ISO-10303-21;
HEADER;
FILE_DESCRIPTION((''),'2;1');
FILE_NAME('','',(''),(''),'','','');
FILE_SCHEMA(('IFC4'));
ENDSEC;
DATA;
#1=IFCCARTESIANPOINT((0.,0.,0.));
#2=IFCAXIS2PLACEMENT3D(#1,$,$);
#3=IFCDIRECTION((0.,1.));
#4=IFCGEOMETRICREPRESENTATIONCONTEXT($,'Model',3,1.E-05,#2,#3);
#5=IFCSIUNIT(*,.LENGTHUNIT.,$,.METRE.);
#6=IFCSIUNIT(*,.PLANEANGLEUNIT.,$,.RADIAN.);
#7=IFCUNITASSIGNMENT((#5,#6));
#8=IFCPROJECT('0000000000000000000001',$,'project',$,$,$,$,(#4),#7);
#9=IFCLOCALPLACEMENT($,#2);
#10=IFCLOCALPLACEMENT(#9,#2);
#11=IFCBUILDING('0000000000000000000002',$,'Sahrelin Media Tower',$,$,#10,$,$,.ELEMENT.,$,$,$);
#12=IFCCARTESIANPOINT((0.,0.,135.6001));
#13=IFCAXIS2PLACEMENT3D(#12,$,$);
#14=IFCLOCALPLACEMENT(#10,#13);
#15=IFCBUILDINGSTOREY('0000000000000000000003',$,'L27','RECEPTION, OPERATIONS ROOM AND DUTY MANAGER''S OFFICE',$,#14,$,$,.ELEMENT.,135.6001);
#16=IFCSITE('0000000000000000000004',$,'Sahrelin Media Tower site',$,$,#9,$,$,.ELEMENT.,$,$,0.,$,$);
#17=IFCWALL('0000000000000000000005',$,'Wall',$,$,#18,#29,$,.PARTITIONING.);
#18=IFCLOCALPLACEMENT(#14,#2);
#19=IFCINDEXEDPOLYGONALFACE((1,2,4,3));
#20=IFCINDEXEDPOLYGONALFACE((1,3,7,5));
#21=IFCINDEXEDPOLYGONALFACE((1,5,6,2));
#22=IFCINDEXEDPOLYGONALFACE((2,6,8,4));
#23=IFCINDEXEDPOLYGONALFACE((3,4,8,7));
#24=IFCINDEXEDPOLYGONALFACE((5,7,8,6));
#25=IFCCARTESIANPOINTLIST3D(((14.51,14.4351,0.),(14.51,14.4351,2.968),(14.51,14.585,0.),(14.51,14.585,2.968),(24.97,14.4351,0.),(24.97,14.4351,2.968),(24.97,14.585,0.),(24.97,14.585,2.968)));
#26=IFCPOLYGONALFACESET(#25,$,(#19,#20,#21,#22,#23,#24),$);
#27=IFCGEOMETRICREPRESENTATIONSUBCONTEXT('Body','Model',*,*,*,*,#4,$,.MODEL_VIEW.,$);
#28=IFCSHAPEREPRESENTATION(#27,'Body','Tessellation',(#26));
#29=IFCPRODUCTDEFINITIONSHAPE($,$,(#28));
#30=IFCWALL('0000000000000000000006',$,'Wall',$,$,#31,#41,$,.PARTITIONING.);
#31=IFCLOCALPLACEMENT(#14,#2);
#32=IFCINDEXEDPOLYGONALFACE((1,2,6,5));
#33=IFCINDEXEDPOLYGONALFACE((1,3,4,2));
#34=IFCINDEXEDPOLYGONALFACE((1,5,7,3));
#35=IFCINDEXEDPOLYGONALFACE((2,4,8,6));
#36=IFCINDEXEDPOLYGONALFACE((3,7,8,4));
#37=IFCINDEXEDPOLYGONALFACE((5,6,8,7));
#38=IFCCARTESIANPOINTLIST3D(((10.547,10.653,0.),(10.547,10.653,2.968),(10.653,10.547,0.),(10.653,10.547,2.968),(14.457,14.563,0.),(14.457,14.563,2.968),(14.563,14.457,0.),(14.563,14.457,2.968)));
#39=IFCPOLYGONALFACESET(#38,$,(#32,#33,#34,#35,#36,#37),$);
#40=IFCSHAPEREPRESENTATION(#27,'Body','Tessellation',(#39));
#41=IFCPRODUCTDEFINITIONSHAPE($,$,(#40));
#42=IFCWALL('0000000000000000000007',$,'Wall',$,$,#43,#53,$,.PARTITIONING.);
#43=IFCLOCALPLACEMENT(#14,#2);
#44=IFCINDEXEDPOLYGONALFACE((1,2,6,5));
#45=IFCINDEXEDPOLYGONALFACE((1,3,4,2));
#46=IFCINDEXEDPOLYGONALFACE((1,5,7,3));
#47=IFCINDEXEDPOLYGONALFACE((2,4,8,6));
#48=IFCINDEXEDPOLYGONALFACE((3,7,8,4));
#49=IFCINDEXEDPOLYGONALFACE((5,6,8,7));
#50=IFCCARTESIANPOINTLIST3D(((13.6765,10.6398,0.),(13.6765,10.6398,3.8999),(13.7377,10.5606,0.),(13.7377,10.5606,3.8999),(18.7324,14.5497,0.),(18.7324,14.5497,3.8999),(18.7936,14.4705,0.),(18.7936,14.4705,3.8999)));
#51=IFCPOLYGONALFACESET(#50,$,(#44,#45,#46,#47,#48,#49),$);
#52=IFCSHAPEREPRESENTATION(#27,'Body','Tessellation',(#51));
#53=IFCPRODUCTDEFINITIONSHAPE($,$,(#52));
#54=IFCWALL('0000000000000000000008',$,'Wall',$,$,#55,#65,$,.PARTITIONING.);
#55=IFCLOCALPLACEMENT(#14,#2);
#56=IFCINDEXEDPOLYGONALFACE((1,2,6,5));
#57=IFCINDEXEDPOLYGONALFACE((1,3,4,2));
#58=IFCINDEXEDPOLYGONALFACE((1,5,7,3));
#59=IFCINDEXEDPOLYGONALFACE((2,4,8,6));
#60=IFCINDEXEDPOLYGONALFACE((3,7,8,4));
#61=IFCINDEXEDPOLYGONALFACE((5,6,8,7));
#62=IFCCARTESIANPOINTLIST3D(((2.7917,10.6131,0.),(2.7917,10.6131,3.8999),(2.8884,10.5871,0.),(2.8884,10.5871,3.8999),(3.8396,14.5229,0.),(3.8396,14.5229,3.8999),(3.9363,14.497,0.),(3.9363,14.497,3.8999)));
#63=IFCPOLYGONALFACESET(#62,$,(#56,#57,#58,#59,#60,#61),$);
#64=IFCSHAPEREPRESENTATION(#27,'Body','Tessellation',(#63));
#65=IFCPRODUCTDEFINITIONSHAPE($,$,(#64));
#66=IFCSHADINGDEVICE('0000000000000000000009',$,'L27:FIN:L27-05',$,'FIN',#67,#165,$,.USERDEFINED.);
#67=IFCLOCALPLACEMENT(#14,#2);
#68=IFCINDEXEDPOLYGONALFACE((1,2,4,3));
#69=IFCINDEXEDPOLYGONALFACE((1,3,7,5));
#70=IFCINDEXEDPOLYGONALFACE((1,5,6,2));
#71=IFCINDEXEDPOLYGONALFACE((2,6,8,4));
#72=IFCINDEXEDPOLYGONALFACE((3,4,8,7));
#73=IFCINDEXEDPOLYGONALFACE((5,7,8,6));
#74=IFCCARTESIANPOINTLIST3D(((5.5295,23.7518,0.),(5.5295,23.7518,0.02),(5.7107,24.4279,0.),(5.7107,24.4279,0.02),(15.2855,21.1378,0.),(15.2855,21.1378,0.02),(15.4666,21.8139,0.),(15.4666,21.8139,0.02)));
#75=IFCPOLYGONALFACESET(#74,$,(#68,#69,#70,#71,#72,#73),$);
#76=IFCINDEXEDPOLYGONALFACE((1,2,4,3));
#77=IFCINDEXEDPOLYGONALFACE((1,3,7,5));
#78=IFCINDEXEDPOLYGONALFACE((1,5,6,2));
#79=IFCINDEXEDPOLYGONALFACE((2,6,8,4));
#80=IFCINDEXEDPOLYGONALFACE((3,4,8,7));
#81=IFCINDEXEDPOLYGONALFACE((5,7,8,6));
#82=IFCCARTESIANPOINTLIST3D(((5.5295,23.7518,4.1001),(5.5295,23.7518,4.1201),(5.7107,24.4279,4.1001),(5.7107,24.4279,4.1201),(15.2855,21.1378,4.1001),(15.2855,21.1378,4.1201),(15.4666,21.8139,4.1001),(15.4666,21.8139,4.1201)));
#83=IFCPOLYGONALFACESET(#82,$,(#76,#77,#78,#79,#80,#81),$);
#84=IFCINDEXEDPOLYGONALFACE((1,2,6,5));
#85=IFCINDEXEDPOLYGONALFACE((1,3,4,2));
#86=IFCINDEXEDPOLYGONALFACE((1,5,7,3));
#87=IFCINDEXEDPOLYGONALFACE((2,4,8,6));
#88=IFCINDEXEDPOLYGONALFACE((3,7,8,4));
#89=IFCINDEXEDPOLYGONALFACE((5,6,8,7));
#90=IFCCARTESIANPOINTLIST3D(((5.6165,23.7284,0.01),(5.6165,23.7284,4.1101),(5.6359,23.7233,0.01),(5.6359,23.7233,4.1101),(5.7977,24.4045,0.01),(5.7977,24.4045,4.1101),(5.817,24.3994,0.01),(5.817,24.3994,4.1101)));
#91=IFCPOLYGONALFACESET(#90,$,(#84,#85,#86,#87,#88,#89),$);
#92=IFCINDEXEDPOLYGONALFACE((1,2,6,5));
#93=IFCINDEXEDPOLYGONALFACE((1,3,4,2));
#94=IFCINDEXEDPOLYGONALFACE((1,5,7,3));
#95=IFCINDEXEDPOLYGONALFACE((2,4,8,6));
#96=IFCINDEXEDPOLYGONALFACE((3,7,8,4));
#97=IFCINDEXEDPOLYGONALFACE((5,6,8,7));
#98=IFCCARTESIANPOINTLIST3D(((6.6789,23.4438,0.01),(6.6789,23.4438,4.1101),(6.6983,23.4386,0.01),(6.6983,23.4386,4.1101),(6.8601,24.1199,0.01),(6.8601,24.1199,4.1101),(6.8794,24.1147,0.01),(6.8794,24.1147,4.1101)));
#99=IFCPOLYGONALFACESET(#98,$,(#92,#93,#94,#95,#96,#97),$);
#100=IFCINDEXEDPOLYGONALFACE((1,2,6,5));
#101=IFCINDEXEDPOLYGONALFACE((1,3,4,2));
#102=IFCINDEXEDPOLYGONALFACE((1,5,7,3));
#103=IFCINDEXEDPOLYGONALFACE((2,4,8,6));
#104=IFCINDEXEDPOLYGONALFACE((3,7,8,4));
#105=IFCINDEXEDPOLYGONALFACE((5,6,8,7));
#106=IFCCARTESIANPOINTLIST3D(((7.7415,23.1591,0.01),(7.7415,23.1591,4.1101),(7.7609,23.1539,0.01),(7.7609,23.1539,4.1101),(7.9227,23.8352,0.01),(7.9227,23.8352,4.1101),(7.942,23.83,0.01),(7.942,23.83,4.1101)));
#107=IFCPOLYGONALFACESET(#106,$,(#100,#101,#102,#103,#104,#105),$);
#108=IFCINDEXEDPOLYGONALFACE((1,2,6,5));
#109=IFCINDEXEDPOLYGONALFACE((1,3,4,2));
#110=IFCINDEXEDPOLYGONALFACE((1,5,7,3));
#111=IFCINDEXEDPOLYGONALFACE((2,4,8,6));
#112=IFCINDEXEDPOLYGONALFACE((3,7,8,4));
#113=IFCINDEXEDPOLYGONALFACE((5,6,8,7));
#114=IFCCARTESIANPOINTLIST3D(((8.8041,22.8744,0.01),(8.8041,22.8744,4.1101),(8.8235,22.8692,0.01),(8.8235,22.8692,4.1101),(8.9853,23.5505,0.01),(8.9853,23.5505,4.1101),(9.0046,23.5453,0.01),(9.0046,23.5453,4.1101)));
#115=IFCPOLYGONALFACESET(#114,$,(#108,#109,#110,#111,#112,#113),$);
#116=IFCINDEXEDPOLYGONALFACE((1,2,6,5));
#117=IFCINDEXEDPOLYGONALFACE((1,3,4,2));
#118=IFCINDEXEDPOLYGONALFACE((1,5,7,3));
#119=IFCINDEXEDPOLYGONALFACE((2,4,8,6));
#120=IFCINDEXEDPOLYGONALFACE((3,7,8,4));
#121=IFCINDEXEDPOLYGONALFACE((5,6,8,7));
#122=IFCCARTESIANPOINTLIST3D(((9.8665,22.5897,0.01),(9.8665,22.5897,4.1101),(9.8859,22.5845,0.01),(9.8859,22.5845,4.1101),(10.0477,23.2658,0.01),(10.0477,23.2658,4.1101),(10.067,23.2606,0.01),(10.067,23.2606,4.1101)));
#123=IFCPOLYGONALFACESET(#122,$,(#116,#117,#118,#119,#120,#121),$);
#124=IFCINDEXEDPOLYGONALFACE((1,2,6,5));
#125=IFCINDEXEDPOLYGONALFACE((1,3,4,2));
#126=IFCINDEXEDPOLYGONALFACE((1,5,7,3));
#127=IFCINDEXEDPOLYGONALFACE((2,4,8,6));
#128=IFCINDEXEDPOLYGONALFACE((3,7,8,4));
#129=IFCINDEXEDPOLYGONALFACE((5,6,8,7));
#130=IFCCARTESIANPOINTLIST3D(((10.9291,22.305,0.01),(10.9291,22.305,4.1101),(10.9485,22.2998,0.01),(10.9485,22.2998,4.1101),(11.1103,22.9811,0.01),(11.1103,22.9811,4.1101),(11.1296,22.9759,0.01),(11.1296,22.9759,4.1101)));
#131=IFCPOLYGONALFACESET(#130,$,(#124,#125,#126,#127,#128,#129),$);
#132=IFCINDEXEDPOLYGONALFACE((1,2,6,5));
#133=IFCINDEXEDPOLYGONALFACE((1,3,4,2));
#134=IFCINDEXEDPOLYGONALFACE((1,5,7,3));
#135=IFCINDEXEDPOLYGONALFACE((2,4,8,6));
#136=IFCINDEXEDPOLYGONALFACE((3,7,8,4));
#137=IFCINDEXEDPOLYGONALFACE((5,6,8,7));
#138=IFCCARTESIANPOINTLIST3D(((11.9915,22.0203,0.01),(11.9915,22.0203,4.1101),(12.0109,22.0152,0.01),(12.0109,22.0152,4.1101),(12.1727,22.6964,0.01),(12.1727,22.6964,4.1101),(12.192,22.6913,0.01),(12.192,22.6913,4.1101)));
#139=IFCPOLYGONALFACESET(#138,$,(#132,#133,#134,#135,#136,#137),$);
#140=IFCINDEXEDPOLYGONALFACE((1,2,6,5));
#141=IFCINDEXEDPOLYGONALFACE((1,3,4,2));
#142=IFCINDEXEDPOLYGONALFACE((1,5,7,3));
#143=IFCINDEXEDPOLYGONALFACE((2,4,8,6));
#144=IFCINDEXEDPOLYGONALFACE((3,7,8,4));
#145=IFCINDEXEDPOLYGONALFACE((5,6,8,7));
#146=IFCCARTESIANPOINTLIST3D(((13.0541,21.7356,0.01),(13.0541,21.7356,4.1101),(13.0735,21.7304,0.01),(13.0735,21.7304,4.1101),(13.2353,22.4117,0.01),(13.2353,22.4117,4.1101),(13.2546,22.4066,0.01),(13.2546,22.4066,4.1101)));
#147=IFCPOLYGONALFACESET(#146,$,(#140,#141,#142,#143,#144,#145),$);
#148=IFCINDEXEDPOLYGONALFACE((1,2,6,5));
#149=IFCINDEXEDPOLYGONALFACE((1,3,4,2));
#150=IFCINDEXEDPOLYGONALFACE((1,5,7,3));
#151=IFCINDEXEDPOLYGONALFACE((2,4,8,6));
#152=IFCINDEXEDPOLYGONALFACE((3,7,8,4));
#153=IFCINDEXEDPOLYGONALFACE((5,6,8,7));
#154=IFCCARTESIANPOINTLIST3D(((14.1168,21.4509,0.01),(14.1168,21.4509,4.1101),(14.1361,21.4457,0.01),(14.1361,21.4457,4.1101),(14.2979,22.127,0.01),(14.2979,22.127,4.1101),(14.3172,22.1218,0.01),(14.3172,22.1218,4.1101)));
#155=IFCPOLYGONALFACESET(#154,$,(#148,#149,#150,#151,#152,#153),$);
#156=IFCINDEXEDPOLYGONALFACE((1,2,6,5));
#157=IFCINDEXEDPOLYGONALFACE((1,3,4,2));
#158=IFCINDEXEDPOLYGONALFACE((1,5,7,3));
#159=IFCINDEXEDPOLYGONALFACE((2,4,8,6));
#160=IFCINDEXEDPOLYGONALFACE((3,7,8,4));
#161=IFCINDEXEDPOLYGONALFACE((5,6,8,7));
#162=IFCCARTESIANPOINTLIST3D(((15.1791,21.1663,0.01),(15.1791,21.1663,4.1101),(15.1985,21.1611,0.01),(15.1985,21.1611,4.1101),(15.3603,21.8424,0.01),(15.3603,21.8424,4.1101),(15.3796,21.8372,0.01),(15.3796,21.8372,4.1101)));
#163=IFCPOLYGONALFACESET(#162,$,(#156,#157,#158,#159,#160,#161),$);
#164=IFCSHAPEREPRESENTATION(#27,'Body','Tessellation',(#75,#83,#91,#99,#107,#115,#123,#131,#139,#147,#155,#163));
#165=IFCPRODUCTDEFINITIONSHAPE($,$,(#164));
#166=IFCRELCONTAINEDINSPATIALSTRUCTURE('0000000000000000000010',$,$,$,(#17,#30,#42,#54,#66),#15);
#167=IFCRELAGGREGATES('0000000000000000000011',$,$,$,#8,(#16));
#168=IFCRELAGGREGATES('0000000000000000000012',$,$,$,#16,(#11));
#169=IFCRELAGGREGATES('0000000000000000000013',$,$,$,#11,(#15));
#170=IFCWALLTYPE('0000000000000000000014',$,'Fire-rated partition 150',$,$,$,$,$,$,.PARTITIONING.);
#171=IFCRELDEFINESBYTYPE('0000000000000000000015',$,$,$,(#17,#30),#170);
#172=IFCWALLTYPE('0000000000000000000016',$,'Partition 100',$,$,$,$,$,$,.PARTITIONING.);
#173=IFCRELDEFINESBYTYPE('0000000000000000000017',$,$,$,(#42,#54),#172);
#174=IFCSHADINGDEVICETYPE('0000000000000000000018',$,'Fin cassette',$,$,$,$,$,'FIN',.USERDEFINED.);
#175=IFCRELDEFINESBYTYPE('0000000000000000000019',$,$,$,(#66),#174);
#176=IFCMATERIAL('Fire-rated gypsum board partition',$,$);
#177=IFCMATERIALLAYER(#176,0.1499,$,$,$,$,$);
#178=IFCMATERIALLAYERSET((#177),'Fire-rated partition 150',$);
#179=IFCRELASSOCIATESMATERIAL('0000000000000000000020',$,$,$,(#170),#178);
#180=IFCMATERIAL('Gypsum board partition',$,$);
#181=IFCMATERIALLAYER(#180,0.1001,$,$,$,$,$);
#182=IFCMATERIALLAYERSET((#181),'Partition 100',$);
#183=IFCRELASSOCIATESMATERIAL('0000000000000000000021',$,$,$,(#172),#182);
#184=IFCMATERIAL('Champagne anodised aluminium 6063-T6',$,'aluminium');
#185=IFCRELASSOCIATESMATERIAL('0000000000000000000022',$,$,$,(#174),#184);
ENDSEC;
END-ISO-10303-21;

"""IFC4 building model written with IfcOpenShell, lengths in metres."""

from ifc_helpers import new_model, si_unit, direction, frame, frame_2d, origin, origin_2d, place, context, subcontext, project, spatial, rectangle, extrude, material, layer, layer_set, type_object, element, save


model = new_model("IFC4")

# Units and contexts
model_context = context("Model", 3, precision=1e-05, world=origin(), true_north=direction((0.0, 1.0)))
body_context = subcontext(model_context, "Body", "Model", "MODEL_VIEW")
ifc_project = project(units=[si_unit("LENGTHUNIT", "METRE"), si_unit("PLANEANGLEUNIT", "RADIAN")], contexts=[model_context])

# Site, building, storey
site_placement = place(None, origin())
site = spatial("IfcSite", under=ifc_project, at=site_placement, Name="Sahrelin Media Tower site", CompositionType="ELEMENT", RefElevation=0.0)
building_placement = place(site_placement, origin())
building = spatial("IfcBuilding", under=site, at=building_placement, Name="Sahrelin Media Tower", CompositionType="ELEMENT")
storey_placement = place(building_placement, frame((0.0, 0.0, 135.6001)))
storey = spatial("IfcBuildingStorey", under=building, at=storey_placement, Name="L27", Description="RECEPTION, OPERATIONS ROOM AND DUTY MANAGER'S OFFICE", CompositionType="ELEMENT", Elevation=135.6001)

# Shared definitions
ifc_material_1 = material(Name="Champagne anodised aluminium 6063-T6", Category="aluminium")

# Walls
ifc_material_2 = material(Name="Fire-rated gypsum board partition")
ifc_layer_1 = layer(ifc_material_2, 0.1499)
ifc_layer_set_1 = layer_set([ifc_layer_1], Name="Fire-rated partition 150")
wall_type_1 = type_object("IfcWallType", Name="Fire-rated partition 150", PredefinedType="PARTITIONING", material=ifc_layer_set_1)
wall_1_placement = place(storey_placement, frame((14.51, 14.51, 0.0), z_axis=(0.0, 0.0, 1.0), x_axis=(1.0, 0.0, 0.0)))
element("IfcWall", 1, at=wall_1_placement, inside=storey, type_object=wall_type_1, Name="Wall", PredefinedType="PARTITIONING", context=body_context, shape_type="SweptSolid", body=[
    extrude(rectangle(XDim=10.46, YDim=0.1499, at=frame_2d((5.23, 0.0))), origin(), (0.0, 0.0, 1.0), 2.968),
])
wall_2_placement = place(storey_placement, frame((10.6001, 10.6001, 0.0), z_axis=(0.0, 0.0, 1.0), x_axis=(0.707107, 0.707107, 0.0)))
element("IfcWall", 2, at=wall_2_placement, inside=storey, type_object=wall_type_1, Name="Wall", PredefinedType="PARTITIONING", context=body_context, shape_type="SweptSolid", body=[
    extrude(rectangle(XDim=5.5295, YDim=0.1499, at=frame_2d((2.7646, 0.0))), origin(), (0.0, 0.0, 1.0), 2.968),
])
ifc_material_3 = material(Name="Gypsum board partition")
ifc_layer_2 = layer(ifc_material_3, 0.1001)
ifc_layer_set_2 = layer_set([ifc_layer_2], Name="Partition 100")
wall_type_2 = type_object("IfcWallType", Name="Partition 100", PredefinedType="PARTITIONING", material=ifc_layer_set_2)
wall_3_placement = place(storey_placement, frame((13.707, 10.6001, 0.0), z_axis=(0.0, 0.0, 1.0), x_axis=(0.791052, 0.611749, 0.0)))
element("IfcWall", 3, at=wall_3_placement, inside=storey, type_object=wall_type_2, Name="Wall", PredefinedType="PARTITIONING", context=body_context, shape_type="SweptSolid", body=[
    extrude(rectangle(XDim=6.3914, YDim=0.1001, at=frame_2d((3.1958, 0.0))), origin(), (0.0, 0.0, 1.0), 3.8999),
])
wall_4_placement = place(storey_placement, frame((2.8401, 10.6001, 0.0), z_axis=(0.0, 0.0, 1.0), x_axis=(0.258864, 0.965914, 0.0)))
element("IfcWall", 4, at=wall_4_placement, inside=storey, type_object=wall_type_2, Name="Wall", PredefinedType="PARTITIONING", context=body_context, shape_type="SweptSolid", body=[
    extrude(rectangle(XDim=4.0479, YDim=0.1001, at=frame_2d((2.0239, 0.0))), origin(), (0.0, 0.0, 1.0), 3.8999),
])

# Shading device
shading_device_type_1 = type_object("IfcShadingDeviceType", Name="Fin cassette", ElementType="FIN", PredefinedType="USERDEFINED", material=ifc_material_1)
placement_1 = place(storey_placement, frame((10.3894, 22.3772, 0.0), z_axis=(0.0, 0.0, 1.0), x_axis=(0.965929, -0.258808, 0.0)))
element("IfcShadingDevice", 5, at=placement_1, inside=storey, type_object=shading_device_type_1, Name="L27:FIN:L27-05", ObjectType="FIN", PredefinedType="USERDEFINED", context=body_context, shape_type="SweptSolid", body=[
    extrude(rectangle(XDim=10.1001, YDim=0.7, at=origin_2d()), frame((0.0, 0.4199, 0.0)), (0.0, 0.0, 1.0), 0.02),
    extrude(rectangle(XDim=10.1001, YDim=0.7, at=origin_2d()), frame((0.0, 0.4199, 4.1001)), (0.0, 0.0, 1.0), 0.02),
    extrude(rectangle(XDim=0.02, YDim=0.7, at=origin_2d()), frame((-4.95, 0.4199, 0.01), z_axis=(0.0, 0.0, 1.0), x_axis=(1.0, 0.0, 0.0)), (0.0, 0.0, 1.0), 4.1001),
    extrude(rectangle(XDim=0.02, YDim=0.7, at=origin_2d()), frame((-3.8501, 0.4199, 0.01), z_axis=(0.0, 0.0, 1.0), x_axis=(1.0, 0.0, 0.0)), (0.0, 0.0, 1.0), 4.1001),
    extrude(rectangle(XDim=0.02, YDim=0.7, at=origin_2d()), frame((-2.75, 0.4199, 0.01), z_axis=(0.0, 0.0, 1.0), x_axis=(1.0, 0.0, 0.0)), (0.0, 0.0, 1.0), 4.1001),
    extrude(rectangle(XDim=0.02, YDim=0.7, at=origin_2d()), frame((-1.6499, 0.4199, 0.01), z_axis=(0.0, 0.0, 1.0), x_axis=(1.0, 0.0, 0.0)), (0.0, 0.0, 1.0), 4.1001),
    extrude(rectangle(XDim=0.02, YDim=0.7, at=origin_2d()), frame((-0.55, 0.4199, 0.01), z_axis=(0.0, 0.0, 1.0), x_axis=(1.0, 0.0, 0.0)), (0.0, 0.0, 1.0), 4.1001),
    extrude(rectangle(XDim=0.02, YDim=0.7, at=origin_2d()), frame((0.55, 0.4199, 0.01), z_axis=(0.0, 0.0, 1.0), x_axis=(1.0, 0.0, 0.0)), (0.0, 0.0, 1.0), 4.1001),
    extrude(rectangle(XDim=0.02, YDim=0.7, at=origin_2d()), frame((1.6499, 0.4199, 0.01), z_axis=(0.0, 0.0, 1.0), x_axis=(1.0, 0.0, 0.0)), (0.0, 0.0, 1.0), 4.1001),
    extrude(rectangle(XDim=0.02, YDim=0.7, at=origin_2d()), frame((2.75, 0.4199, 0.01), z_axis=(0.0, 0.0, 1.0), x_axis=(1.0, 0.0, 0.0)), (0.0, 0.0, 1.0), 4.1001),
    extrude(rectangle(XDim=0.02, YDim=0.7, at=origin_2d()), frame((3.8501, 0.4199, 0.01), z_axis=(0.0, 0.0, 1.0), x_axis=(1.0, 0.0, 0.0)), (0.0, 0.0, 1.0), 4.1001),
    extrude(rectangle(XDim=0.02, YDim=0.7, at=origin_2d()), frame((4.95, 0.4199, 0.01), z_axis=(0.0, 0.0, 1.0), x_axis=(1.0, 0.0, 0.0)), (0.0, 0.0, 1.0), 4.1001),
])

save(model, "model.ifc")
